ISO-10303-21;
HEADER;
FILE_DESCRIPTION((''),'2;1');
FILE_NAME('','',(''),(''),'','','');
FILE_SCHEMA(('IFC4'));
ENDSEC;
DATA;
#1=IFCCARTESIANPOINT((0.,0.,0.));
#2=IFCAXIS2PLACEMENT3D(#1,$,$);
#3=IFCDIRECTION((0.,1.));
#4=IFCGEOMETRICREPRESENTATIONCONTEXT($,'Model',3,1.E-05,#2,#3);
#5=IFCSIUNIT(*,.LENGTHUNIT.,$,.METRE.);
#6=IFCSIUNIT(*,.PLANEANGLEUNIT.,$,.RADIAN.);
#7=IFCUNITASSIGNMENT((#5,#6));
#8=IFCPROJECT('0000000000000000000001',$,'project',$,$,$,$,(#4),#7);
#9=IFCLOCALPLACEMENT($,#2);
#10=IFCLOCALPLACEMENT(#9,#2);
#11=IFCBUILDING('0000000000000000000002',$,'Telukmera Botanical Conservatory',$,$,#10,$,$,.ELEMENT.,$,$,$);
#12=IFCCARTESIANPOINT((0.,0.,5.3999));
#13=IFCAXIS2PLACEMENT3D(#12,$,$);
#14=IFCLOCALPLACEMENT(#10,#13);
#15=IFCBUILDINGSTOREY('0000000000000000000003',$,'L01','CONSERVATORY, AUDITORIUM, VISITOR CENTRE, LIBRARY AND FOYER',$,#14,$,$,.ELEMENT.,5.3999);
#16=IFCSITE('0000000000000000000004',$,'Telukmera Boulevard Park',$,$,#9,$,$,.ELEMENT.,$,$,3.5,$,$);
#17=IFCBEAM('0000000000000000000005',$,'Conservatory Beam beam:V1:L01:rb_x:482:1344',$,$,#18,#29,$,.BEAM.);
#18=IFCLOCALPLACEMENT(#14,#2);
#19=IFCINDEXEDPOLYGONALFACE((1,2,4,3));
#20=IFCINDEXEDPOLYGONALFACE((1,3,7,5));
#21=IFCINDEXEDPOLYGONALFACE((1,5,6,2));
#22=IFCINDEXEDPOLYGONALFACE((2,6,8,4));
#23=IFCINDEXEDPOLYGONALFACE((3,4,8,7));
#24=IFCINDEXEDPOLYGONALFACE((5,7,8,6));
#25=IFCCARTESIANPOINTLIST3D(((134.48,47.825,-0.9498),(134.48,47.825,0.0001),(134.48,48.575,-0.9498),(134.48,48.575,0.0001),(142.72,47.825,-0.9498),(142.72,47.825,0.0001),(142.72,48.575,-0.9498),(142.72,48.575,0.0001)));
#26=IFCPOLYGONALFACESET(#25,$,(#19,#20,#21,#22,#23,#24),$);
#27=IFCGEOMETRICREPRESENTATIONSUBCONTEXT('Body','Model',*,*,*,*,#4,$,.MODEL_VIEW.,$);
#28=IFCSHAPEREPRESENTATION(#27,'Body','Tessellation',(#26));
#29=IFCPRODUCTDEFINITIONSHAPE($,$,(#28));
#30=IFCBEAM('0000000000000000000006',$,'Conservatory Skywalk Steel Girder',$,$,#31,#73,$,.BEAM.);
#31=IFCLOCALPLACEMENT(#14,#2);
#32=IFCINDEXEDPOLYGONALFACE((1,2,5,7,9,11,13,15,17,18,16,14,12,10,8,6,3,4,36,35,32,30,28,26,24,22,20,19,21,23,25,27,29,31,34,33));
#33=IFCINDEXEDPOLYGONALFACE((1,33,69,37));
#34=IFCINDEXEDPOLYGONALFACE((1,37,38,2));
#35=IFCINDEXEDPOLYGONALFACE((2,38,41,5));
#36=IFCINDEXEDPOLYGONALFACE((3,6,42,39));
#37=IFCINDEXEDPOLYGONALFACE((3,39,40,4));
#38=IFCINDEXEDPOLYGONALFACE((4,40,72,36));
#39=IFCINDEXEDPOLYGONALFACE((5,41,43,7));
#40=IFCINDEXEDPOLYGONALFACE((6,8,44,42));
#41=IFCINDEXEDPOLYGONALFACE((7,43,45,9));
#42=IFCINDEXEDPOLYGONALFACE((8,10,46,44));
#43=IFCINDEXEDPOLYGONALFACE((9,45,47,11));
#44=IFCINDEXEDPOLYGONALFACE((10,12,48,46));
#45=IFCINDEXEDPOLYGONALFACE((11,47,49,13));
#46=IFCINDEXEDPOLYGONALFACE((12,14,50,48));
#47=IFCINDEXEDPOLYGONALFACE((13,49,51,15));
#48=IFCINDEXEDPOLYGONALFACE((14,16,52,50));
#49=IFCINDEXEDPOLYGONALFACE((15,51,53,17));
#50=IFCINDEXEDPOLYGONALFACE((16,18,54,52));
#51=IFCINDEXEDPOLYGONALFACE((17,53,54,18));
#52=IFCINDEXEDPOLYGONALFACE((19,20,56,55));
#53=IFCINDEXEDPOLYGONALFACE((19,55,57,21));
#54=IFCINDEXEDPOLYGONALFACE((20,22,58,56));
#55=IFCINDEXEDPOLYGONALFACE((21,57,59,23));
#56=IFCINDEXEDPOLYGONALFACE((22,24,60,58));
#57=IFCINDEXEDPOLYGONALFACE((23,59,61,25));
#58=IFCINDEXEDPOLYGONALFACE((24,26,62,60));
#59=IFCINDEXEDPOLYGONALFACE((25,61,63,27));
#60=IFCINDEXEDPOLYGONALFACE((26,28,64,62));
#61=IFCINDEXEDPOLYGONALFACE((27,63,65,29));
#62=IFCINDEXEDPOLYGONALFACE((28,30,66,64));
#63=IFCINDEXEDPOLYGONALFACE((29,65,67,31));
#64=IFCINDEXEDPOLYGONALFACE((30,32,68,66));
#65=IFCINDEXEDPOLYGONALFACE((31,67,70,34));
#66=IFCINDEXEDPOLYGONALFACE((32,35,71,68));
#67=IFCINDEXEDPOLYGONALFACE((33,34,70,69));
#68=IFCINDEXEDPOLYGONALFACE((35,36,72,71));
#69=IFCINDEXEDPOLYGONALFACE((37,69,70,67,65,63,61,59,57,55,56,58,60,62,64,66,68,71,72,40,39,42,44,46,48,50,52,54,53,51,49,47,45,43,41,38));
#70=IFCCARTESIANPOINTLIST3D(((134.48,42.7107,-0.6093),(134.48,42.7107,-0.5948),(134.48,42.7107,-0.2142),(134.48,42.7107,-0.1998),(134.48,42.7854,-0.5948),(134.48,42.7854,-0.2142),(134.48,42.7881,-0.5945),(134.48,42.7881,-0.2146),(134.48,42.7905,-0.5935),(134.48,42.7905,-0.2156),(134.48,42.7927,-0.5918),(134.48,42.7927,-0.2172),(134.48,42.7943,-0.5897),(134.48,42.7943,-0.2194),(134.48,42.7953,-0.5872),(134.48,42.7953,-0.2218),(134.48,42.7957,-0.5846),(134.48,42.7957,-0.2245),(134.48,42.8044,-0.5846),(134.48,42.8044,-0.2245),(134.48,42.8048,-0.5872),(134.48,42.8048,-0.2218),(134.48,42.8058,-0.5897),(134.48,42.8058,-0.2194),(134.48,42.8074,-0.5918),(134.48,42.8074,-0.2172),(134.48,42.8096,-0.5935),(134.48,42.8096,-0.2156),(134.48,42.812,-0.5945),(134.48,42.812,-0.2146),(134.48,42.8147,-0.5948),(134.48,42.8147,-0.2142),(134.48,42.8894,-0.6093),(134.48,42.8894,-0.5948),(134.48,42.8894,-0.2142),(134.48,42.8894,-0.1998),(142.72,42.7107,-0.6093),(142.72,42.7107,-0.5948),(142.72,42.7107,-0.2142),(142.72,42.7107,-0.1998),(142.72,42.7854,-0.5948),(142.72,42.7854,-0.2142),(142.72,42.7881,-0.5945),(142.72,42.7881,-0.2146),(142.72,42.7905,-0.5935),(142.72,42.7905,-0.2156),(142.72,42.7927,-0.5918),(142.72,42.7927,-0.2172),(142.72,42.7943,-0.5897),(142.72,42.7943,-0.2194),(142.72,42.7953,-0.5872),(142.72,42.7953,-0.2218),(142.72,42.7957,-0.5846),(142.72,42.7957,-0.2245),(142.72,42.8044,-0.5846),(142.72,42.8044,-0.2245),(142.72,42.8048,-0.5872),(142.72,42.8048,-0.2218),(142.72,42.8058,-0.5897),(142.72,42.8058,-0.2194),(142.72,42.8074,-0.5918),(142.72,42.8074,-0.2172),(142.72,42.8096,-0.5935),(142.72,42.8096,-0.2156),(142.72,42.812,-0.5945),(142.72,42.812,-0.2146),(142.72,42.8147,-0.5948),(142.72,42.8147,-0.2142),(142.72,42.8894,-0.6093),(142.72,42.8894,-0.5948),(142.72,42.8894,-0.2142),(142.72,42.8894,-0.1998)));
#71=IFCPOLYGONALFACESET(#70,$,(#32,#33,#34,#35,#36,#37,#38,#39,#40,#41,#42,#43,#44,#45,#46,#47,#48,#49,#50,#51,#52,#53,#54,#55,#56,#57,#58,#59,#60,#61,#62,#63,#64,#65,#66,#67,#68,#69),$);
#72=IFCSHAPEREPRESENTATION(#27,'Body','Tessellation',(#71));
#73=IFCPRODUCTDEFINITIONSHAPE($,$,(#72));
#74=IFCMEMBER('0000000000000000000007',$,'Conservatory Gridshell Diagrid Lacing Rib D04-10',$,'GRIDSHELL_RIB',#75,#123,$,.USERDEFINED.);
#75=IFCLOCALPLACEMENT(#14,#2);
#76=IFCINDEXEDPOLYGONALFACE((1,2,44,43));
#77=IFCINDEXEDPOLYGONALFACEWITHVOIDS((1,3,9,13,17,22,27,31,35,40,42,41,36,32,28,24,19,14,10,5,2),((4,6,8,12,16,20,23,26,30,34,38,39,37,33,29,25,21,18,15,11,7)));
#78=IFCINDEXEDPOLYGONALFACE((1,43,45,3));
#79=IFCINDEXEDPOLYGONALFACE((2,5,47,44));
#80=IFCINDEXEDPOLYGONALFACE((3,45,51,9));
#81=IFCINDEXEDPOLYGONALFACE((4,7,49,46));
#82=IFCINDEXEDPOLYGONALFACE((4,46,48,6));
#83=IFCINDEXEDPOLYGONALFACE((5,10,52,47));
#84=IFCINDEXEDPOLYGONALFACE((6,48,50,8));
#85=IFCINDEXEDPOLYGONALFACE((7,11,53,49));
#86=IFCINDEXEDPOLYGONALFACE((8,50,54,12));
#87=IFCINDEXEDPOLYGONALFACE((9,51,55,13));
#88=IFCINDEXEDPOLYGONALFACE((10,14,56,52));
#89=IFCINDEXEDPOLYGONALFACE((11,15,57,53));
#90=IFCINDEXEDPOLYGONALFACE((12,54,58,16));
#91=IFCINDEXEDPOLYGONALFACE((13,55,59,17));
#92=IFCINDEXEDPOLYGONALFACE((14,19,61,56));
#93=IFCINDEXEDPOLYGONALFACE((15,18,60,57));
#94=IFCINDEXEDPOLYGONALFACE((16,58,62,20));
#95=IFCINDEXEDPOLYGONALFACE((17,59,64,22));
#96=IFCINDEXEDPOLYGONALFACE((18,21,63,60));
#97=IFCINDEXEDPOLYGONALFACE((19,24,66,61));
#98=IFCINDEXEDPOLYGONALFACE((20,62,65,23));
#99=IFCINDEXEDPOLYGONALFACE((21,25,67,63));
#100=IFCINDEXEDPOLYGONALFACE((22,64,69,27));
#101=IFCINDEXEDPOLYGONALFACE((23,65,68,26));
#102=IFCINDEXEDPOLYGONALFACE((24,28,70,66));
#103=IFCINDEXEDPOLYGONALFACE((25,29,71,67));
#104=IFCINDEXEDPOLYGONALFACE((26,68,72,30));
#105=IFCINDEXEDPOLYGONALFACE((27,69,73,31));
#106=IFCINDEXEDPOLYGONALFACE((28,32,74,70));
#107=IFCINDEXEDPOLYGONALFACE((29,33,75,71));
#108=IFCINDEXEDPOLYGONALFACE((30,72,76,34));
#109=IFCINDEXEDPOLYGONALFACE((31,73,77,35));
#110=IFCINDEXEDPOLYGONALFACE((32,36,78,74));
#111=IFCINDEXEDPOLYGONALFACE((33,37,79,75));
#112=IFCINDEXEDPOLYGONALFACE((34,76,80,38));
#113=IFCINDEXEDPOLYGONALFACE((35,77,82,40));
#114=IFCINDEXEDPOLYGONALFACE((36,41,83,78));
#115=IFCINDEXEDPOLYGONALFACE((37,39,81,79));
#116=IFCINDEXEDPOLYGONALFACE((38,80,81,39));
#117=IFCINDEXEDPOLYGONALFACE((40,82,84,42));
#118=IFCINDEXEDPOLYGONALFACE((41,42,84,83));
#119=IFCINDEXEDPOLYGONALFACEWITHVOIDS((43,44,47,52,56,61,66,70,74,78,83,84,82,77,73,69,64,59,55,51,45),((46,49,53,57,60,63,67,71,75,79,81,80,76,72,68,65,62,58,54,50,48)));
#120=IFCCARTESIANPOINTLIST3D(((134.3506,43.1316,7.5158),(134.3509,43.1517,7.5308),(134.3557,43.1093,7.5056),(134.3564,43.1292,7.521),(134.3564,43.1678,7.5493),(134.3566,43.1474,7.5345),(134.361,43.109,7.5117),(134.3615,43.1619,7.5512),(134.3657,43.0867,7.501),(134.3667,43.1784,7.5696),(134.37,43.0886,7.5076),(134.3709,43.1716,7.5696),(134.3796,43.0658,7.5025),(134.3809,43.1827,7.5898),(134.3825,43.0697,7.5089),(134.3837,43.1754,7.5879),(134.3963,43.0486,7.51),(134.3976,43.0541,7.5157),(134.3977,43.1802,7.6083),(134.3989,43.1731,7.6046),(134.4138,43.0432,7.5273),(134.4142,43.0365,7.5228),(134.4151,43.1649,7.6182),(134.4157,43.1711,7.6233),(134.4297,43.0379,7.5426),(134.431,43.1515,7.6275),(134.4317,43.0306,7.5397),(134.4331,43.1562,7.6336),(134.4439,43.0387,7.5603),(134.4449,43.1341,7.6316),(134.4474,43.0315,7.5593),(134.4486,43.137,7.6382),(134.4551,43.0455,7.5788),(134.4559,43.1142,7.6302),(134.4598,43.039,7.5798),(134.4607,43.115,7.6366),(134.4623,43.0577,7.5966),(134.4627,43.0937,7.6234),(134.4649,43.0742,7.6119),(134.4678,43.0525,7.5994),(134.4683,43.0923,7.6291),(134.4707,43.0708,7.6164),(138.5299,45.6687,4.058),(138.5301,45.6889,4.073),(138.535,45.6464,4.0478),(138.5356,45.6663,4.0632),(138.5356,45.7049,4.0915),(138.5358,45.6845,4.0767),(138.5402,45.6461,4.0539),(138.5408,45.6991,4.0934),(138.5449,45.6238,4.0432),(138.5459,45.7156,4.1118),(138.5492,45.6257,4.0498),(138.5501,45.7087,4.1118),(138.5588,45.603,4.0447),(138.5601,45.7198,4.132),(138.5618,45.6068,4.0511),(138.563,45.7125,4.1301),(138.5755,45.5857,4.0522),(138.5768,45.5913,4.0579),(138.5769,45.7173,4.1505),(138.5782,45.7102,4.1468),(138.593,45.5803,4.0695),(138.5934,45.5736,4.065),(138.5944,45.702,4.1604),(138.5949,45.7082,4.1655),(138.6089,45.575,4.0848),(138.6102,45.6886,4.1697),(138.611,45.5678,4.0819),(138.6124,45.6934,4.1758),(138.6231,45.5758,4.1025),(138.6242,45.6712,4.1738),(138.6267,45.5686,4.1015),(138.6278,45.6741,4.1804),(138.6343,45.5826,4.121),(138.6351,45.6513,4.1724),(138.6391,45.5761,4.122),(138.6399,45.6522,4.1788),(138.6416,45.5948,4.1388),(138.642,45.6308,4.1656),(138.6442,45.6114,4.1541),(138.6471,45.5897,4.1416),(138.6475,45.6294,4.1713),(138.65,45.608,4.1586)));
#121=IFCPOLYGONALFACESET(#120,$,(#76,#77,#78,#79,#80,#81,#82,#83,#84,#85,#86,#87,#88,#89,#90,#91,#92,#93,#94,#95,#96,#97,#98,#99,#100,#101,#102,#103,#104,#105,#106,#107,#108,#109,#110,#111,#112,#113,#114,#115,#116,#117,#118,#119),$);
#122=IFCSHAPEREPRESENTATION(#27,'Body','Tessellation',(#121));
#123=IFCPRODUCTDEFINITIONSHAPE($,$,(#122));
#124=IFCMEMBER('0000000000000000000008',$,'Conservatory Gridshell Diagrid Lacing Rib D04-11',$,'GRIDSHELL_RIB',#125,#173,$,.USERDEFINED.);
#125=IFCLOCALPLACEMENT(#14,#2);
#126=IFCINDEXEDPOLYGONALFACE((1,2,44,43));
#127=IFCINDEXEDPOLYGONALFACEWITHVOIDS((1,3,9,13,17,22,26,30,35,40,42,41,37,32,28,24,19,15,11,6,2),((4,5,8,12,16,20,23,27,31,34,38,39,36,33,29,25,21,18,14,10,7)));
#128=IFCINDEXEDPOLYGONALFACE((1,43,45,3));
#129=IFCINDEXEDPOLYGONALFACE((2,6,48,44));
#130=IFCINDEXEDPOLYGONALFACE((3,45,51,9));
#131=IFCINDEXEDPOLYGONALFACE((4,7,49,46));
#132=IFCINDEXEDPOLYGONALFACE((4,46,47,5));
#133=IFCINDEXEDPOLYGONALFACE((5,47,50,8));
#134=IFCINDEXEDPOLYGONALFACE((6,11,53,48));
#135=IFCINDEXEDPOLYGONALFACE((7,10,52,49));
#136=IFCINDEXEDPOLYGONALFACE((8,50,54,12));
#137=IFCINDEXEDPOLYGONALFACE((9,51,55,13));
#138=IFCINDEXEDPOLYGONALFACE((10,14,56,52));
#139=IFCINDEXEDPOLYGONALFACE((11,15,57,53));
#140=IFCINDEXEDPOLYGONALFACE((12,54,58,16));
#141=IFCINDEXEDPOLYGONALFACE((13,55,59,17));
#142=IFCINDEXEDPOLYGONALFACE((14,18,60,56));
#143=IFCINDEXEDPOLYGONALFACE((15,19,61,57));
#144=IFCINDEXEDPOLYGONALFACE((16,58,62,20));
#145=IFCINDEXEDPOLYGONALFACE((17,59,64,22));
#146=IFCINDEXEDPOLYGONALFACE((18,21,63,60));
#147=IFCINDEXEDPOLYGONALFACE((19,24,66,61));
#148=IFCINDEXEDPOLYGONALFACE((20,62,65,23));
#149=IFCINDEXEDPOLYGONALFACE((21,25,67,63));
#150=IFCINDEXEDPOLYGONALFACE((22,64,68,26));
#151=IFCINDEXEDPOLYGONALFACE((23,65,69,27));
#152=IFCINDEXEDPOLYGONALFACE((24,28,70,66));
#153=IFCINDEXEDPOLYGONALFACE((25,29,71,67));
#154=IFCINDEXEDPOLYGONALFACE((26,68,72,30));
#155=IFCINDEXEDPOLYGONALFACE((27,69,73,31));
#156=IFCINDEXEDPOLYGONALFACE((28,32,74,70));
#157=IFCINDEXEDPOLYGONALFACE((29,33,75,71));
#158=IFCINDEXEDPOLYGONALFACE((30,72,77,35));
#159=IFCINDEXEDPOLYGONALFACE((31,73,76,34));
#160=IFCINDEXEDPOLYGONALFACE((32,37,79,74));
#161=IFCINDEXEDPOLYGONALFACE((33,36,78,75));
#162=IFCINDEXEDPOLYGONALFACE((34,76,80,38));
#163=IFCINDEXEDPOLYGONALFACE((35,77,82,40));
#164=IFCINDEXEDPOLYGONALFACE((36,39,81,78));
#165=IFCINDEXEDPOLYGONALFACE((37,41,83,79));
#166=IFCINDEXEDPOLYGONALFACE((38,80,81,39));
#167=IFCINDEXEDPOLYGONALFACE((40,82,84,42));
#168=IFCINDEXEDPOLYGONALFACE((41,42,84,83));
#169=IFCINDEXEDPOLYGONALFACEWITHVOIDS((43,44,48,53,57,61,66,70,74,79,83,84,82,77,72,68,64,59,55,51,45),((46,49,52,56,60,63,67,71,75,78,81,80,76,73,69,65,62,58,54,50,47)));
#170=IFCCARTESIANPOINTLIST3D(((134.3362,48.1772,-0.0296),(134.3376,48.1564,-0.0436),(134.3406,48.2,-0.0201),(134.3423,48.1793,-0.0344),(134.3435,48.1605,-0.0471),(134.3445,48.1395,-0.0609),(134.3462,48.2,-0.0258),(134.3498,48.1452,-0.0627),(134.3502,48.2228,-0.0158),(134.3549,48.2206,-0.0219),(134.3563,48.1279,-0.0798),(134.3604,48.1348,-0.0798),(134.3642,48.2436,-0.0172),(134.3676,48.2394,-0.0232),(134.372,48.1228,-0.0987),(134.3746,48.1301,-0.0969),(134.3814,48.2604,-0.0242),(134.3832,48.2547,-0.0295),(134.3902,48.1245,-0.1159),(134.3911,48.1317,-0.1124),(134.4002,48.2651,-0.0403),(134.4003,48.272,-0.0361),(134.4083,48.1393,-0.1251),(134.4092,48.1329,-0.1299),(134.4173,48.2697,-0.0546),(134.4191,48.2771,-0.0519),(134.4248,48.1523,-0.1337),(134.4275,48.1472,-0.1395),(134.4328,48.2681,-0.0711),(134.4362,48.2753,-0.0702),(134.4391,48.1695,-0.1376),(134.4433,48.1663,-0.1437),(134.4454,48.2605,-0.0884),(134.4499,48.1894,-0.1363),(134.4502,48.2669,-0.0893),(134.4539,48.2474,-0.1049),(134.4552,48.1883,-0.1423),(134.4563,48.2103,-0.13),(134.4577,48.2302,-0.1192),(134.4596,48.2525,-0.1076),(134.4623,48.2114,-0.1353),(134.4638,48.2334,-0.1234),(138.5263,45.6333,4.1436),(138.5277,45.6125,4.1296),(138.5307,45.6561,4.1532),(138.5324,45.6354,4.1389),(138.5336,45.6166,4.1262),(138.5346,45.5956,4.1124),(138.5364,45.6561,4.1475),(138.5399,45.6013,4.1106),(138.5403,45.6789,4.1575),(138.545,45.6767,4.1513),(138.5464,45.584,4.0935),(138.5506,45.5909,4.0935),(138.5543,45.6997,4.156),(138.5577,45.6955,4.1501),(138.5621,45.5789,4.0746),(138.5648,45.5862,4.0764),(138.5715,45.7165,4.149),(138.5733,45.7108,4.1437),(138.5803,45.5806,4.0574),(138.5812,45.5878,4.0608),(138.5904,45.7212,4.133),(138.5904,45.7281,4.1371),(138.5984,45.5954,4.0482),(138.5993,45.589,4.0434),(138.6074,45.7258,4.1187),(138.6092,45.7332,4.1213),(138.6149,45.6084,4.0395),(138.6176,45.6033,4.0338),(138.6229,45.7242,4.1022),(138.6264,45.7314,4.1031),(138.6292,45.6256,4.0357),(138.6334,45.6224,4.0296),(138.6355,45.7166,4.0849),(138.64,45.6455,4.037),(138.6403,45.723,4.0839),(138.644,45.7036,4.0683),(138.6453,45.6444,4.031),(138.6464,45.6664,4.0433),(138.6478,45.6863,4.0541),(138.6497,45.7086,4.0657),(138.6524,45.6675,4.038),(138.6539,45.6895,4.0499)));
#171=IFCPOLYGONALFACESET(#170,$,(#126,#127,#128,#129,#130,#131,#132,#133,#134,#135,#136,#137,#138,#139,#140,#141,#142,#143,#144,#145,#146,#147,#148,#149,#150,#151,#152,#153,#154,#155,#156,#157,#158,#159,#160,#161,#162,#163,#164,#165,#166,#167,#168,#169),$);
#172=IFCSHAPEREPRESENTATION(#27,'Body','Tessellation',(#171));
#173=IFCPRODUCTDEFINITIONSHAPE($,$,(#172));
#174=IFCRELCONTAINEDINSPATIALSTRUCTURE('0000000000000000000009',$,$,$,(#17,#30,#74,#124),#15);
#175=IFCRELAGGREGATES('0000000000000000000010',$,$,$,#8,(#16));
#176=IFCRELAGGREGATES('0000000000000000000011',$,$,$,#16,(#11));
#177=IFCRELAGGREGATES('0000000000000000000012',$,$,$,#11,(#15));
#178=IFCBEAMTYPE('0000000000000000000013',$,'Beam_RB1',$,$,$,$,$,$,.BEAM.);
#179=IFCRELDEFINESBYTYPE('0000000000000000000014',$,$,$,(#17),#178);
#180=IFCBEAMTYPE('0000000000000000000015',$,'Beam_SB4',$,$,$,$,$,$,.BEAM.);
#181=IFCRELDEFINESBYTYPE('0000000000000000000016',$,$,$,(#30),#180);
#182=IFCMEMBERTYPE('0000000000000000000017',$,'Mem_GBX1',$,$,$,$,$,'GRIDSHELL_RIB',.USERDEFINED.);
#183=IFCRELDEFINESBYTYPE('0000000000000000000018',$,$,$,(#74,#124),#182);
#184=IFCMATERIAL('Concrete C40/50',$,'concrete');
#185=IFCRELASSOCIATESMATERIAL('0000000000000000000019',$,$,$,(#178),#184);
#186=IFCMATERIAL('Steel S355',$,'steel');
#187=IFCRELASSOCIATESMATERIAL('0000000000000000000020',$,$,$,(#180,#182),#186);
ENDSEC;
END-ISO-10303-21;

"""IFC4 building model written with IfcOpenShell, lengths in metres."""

from ifc_helpers import new_model, si_unit, direction, frame, origin, origin_2d, place, context, subcontext, project, spatial, rectangle, hollow_circle, i_section, extrude, material, material_profile, profile_set, type_object, element, save


model = new_model("IFC4")

# Units and contexts
model_context = context("Model", 3, precision=1e-05, world=origin(), true_north=direction((0.0, 1.0)))
body_context = subcontext(model_context, "Body", "Model", "MODEL_VIEW")
ifc_project = project(units=[si_unit("LENGTHUNIT", "METRE"), si_unit("PLANEANGLEUNIT", "RADIAN")], contexts=[model_context])

# Site, building, storey
site_placement = place(None, origin())
site = spatial("IfcSite", under=ifc_project, at=site_placement, Name="Telukmera Boulevard Park", CompositionType="ELEMENT", RefElevation=3.5)
building_placement = place(site_placement, origin())
building = spatial("IfcBuilding", under=site, at=building_placement, Name="Telukmera Botanical Conservatory", CompositionType="ELEMENT")
storey_placement = place(building_placement, frame((0.0, 0.0, 5.3999)))
storey = spatial("IfcBuildingStorey", under=building, at=storey_placement, Name="L01", Description="CONSERVATORY, AUDITORIUM, VISITOR CENTRE, LIBRARY AND FOYER", CompositionType="ELEMENT", Elevation=5.3999)

# Beams
ifc_material_1 = material(Name="Concrete C40/50", Category="concrete")
ifc_material_profile_1 = material_profile(ifc_material_1, rectangle(XDim=0.75, YDim=0.95, at=origin_2d()), Name="RC 750x950")
ifc_profile_set_1 = profile_set([ifc_material_profile_1], Name="Concrete C40/50")
beam_type_1 = type_object("IfcBeamType", Name="Beam_RB1", PredefinedType="BEAM", material=ifc_profile_set_1)
beam_1_placement = place(storey_placement, frame((134.48, 48.2, -0.4749), z_axis=(1.0, 0.0, 0.0), x_axis=(0.0, 1.0, 0.0)))
element("IfcBeam", 1, at=beam_1_placement, inside=storey, type_object=beam_type_1, Name="Conservatory Beam beam:V1:L01:rb_x:482:1344", PredefinedType="BEAM", context=body_context, shape_type="SweptSolid", body=[
    extrude(rectangle(XDim=0.75, YDim=0.95, at=origin_2d()), origin(), (0.0, 0.0, 1.0), 8.24),
])
ifc_material_2 = material(Name="Steel S355", Category="steel")
ifc_material_profile_2 = material_profile(ifc_material_2, i_section(OverallWidth=0.1787, OverallDepth=0.4094, WebThickness=0.0088, FlangeThickness=0.0144, FilletRadius=0.0103, at=origin_2d()), Name="UB 406x178x67")
ifc_profile_set_2 = profile_set([ifc_material_profile_2], Name="Steel S355")
beam_type_2 = type_object("IfcBeamType", Name="Beam_SB4", PredefinedType="BEAM", material=ifc_profile_set_2)
beam_2_placement = place(storey_placement, frame((134.48, 42.8, -0.4045), z_axis=(1.0, 0.0, 0.0), x_axis=(0.0, 1.0, 0.0)))
element("IfcBeam", 2, at=beam_2_placement, inside=storey, type_object=beam_type_2, Name="Conservatory Skywalk Steel Girder", PredefinedType="BEAM", context=body_context, shape_type="SweptSolid", body=[
    extrude(i_section(OverallWidth=0.1787, OverallDepth=0.4094, WebThickness=0.0088, FlangeThickness=0.0144, FilletRadius=0.0103, at=origin_2d()), origin(), (0.0, 0.0, 1.0), 8.24),
])

# Members
ifc_material_profile_3 = material_profile(ifc_material_2, hollow_circle(Radius=0.0842, WallThickness=0.0081, at=origin_2d()), Name="CHS 168.3x8.0")
ifc_profile_set_3 = profile_set([ifc_material_profile_3], Name="Steel S355")
member_type_1 = type_object("IfcMemberType", Name="Mem_GBX1", ElementType="GRIDSHELL_RIB", PredefinedType="USERDEFINED", material=ifc_profile_set_3)
member_1_placement = place(storey_placement, frame((134.4104, 43.1064, 7.5696), z_axis=(0.697904, 0.423684, -0.577428), x_axis=(-0.518939, 0.854811, 0.0)))
element("IfcMember", 3, at=member_1_placement, inside=storey, type_object=member_type_1, Name="Conservatory Gridshell Diagrid Lacing Rib D04-10", ObjectType="GRIDSHELL_RIB", PredefinedType="USERDEFINED", context=body_context, shape_type="SweptSolid", body=[
    extrude(hollow_circle(Radius=0.0842, WallThickness=0.0081, at=origin_2d()), origin(), (0.0, 0.0, 1.0), 5.9883),
])
for number, where, z_axis, x_axis, name in (
    (4, (138.5901, 45.656, 4.0935), (-0.650866, 0.395154, -0.648249), (-0.518964, -0.854796, 0.0), "Conservatory Gridshell Diagrid Lacing Rib D04-11"),
):
    element("IfcMember", number, at=place(storey_placement, frame(where, z_axis=z_axis, x_axis=x_axis)), inside=storey, type_object=member_type_1, Name=name, ObjectType="GRIDSHELL_RIB", PredefinedType="USERDEFINED", context=body_context, shape_type="SweptSolid", body=[
        extrude(hollow_circle(Radius=0.0842, WallThickness=0.0081, at=origin_2d()), origin(), (0.0, 0.0, 1.0), 6.4377),
    ])

save(model, "model.ifc")
